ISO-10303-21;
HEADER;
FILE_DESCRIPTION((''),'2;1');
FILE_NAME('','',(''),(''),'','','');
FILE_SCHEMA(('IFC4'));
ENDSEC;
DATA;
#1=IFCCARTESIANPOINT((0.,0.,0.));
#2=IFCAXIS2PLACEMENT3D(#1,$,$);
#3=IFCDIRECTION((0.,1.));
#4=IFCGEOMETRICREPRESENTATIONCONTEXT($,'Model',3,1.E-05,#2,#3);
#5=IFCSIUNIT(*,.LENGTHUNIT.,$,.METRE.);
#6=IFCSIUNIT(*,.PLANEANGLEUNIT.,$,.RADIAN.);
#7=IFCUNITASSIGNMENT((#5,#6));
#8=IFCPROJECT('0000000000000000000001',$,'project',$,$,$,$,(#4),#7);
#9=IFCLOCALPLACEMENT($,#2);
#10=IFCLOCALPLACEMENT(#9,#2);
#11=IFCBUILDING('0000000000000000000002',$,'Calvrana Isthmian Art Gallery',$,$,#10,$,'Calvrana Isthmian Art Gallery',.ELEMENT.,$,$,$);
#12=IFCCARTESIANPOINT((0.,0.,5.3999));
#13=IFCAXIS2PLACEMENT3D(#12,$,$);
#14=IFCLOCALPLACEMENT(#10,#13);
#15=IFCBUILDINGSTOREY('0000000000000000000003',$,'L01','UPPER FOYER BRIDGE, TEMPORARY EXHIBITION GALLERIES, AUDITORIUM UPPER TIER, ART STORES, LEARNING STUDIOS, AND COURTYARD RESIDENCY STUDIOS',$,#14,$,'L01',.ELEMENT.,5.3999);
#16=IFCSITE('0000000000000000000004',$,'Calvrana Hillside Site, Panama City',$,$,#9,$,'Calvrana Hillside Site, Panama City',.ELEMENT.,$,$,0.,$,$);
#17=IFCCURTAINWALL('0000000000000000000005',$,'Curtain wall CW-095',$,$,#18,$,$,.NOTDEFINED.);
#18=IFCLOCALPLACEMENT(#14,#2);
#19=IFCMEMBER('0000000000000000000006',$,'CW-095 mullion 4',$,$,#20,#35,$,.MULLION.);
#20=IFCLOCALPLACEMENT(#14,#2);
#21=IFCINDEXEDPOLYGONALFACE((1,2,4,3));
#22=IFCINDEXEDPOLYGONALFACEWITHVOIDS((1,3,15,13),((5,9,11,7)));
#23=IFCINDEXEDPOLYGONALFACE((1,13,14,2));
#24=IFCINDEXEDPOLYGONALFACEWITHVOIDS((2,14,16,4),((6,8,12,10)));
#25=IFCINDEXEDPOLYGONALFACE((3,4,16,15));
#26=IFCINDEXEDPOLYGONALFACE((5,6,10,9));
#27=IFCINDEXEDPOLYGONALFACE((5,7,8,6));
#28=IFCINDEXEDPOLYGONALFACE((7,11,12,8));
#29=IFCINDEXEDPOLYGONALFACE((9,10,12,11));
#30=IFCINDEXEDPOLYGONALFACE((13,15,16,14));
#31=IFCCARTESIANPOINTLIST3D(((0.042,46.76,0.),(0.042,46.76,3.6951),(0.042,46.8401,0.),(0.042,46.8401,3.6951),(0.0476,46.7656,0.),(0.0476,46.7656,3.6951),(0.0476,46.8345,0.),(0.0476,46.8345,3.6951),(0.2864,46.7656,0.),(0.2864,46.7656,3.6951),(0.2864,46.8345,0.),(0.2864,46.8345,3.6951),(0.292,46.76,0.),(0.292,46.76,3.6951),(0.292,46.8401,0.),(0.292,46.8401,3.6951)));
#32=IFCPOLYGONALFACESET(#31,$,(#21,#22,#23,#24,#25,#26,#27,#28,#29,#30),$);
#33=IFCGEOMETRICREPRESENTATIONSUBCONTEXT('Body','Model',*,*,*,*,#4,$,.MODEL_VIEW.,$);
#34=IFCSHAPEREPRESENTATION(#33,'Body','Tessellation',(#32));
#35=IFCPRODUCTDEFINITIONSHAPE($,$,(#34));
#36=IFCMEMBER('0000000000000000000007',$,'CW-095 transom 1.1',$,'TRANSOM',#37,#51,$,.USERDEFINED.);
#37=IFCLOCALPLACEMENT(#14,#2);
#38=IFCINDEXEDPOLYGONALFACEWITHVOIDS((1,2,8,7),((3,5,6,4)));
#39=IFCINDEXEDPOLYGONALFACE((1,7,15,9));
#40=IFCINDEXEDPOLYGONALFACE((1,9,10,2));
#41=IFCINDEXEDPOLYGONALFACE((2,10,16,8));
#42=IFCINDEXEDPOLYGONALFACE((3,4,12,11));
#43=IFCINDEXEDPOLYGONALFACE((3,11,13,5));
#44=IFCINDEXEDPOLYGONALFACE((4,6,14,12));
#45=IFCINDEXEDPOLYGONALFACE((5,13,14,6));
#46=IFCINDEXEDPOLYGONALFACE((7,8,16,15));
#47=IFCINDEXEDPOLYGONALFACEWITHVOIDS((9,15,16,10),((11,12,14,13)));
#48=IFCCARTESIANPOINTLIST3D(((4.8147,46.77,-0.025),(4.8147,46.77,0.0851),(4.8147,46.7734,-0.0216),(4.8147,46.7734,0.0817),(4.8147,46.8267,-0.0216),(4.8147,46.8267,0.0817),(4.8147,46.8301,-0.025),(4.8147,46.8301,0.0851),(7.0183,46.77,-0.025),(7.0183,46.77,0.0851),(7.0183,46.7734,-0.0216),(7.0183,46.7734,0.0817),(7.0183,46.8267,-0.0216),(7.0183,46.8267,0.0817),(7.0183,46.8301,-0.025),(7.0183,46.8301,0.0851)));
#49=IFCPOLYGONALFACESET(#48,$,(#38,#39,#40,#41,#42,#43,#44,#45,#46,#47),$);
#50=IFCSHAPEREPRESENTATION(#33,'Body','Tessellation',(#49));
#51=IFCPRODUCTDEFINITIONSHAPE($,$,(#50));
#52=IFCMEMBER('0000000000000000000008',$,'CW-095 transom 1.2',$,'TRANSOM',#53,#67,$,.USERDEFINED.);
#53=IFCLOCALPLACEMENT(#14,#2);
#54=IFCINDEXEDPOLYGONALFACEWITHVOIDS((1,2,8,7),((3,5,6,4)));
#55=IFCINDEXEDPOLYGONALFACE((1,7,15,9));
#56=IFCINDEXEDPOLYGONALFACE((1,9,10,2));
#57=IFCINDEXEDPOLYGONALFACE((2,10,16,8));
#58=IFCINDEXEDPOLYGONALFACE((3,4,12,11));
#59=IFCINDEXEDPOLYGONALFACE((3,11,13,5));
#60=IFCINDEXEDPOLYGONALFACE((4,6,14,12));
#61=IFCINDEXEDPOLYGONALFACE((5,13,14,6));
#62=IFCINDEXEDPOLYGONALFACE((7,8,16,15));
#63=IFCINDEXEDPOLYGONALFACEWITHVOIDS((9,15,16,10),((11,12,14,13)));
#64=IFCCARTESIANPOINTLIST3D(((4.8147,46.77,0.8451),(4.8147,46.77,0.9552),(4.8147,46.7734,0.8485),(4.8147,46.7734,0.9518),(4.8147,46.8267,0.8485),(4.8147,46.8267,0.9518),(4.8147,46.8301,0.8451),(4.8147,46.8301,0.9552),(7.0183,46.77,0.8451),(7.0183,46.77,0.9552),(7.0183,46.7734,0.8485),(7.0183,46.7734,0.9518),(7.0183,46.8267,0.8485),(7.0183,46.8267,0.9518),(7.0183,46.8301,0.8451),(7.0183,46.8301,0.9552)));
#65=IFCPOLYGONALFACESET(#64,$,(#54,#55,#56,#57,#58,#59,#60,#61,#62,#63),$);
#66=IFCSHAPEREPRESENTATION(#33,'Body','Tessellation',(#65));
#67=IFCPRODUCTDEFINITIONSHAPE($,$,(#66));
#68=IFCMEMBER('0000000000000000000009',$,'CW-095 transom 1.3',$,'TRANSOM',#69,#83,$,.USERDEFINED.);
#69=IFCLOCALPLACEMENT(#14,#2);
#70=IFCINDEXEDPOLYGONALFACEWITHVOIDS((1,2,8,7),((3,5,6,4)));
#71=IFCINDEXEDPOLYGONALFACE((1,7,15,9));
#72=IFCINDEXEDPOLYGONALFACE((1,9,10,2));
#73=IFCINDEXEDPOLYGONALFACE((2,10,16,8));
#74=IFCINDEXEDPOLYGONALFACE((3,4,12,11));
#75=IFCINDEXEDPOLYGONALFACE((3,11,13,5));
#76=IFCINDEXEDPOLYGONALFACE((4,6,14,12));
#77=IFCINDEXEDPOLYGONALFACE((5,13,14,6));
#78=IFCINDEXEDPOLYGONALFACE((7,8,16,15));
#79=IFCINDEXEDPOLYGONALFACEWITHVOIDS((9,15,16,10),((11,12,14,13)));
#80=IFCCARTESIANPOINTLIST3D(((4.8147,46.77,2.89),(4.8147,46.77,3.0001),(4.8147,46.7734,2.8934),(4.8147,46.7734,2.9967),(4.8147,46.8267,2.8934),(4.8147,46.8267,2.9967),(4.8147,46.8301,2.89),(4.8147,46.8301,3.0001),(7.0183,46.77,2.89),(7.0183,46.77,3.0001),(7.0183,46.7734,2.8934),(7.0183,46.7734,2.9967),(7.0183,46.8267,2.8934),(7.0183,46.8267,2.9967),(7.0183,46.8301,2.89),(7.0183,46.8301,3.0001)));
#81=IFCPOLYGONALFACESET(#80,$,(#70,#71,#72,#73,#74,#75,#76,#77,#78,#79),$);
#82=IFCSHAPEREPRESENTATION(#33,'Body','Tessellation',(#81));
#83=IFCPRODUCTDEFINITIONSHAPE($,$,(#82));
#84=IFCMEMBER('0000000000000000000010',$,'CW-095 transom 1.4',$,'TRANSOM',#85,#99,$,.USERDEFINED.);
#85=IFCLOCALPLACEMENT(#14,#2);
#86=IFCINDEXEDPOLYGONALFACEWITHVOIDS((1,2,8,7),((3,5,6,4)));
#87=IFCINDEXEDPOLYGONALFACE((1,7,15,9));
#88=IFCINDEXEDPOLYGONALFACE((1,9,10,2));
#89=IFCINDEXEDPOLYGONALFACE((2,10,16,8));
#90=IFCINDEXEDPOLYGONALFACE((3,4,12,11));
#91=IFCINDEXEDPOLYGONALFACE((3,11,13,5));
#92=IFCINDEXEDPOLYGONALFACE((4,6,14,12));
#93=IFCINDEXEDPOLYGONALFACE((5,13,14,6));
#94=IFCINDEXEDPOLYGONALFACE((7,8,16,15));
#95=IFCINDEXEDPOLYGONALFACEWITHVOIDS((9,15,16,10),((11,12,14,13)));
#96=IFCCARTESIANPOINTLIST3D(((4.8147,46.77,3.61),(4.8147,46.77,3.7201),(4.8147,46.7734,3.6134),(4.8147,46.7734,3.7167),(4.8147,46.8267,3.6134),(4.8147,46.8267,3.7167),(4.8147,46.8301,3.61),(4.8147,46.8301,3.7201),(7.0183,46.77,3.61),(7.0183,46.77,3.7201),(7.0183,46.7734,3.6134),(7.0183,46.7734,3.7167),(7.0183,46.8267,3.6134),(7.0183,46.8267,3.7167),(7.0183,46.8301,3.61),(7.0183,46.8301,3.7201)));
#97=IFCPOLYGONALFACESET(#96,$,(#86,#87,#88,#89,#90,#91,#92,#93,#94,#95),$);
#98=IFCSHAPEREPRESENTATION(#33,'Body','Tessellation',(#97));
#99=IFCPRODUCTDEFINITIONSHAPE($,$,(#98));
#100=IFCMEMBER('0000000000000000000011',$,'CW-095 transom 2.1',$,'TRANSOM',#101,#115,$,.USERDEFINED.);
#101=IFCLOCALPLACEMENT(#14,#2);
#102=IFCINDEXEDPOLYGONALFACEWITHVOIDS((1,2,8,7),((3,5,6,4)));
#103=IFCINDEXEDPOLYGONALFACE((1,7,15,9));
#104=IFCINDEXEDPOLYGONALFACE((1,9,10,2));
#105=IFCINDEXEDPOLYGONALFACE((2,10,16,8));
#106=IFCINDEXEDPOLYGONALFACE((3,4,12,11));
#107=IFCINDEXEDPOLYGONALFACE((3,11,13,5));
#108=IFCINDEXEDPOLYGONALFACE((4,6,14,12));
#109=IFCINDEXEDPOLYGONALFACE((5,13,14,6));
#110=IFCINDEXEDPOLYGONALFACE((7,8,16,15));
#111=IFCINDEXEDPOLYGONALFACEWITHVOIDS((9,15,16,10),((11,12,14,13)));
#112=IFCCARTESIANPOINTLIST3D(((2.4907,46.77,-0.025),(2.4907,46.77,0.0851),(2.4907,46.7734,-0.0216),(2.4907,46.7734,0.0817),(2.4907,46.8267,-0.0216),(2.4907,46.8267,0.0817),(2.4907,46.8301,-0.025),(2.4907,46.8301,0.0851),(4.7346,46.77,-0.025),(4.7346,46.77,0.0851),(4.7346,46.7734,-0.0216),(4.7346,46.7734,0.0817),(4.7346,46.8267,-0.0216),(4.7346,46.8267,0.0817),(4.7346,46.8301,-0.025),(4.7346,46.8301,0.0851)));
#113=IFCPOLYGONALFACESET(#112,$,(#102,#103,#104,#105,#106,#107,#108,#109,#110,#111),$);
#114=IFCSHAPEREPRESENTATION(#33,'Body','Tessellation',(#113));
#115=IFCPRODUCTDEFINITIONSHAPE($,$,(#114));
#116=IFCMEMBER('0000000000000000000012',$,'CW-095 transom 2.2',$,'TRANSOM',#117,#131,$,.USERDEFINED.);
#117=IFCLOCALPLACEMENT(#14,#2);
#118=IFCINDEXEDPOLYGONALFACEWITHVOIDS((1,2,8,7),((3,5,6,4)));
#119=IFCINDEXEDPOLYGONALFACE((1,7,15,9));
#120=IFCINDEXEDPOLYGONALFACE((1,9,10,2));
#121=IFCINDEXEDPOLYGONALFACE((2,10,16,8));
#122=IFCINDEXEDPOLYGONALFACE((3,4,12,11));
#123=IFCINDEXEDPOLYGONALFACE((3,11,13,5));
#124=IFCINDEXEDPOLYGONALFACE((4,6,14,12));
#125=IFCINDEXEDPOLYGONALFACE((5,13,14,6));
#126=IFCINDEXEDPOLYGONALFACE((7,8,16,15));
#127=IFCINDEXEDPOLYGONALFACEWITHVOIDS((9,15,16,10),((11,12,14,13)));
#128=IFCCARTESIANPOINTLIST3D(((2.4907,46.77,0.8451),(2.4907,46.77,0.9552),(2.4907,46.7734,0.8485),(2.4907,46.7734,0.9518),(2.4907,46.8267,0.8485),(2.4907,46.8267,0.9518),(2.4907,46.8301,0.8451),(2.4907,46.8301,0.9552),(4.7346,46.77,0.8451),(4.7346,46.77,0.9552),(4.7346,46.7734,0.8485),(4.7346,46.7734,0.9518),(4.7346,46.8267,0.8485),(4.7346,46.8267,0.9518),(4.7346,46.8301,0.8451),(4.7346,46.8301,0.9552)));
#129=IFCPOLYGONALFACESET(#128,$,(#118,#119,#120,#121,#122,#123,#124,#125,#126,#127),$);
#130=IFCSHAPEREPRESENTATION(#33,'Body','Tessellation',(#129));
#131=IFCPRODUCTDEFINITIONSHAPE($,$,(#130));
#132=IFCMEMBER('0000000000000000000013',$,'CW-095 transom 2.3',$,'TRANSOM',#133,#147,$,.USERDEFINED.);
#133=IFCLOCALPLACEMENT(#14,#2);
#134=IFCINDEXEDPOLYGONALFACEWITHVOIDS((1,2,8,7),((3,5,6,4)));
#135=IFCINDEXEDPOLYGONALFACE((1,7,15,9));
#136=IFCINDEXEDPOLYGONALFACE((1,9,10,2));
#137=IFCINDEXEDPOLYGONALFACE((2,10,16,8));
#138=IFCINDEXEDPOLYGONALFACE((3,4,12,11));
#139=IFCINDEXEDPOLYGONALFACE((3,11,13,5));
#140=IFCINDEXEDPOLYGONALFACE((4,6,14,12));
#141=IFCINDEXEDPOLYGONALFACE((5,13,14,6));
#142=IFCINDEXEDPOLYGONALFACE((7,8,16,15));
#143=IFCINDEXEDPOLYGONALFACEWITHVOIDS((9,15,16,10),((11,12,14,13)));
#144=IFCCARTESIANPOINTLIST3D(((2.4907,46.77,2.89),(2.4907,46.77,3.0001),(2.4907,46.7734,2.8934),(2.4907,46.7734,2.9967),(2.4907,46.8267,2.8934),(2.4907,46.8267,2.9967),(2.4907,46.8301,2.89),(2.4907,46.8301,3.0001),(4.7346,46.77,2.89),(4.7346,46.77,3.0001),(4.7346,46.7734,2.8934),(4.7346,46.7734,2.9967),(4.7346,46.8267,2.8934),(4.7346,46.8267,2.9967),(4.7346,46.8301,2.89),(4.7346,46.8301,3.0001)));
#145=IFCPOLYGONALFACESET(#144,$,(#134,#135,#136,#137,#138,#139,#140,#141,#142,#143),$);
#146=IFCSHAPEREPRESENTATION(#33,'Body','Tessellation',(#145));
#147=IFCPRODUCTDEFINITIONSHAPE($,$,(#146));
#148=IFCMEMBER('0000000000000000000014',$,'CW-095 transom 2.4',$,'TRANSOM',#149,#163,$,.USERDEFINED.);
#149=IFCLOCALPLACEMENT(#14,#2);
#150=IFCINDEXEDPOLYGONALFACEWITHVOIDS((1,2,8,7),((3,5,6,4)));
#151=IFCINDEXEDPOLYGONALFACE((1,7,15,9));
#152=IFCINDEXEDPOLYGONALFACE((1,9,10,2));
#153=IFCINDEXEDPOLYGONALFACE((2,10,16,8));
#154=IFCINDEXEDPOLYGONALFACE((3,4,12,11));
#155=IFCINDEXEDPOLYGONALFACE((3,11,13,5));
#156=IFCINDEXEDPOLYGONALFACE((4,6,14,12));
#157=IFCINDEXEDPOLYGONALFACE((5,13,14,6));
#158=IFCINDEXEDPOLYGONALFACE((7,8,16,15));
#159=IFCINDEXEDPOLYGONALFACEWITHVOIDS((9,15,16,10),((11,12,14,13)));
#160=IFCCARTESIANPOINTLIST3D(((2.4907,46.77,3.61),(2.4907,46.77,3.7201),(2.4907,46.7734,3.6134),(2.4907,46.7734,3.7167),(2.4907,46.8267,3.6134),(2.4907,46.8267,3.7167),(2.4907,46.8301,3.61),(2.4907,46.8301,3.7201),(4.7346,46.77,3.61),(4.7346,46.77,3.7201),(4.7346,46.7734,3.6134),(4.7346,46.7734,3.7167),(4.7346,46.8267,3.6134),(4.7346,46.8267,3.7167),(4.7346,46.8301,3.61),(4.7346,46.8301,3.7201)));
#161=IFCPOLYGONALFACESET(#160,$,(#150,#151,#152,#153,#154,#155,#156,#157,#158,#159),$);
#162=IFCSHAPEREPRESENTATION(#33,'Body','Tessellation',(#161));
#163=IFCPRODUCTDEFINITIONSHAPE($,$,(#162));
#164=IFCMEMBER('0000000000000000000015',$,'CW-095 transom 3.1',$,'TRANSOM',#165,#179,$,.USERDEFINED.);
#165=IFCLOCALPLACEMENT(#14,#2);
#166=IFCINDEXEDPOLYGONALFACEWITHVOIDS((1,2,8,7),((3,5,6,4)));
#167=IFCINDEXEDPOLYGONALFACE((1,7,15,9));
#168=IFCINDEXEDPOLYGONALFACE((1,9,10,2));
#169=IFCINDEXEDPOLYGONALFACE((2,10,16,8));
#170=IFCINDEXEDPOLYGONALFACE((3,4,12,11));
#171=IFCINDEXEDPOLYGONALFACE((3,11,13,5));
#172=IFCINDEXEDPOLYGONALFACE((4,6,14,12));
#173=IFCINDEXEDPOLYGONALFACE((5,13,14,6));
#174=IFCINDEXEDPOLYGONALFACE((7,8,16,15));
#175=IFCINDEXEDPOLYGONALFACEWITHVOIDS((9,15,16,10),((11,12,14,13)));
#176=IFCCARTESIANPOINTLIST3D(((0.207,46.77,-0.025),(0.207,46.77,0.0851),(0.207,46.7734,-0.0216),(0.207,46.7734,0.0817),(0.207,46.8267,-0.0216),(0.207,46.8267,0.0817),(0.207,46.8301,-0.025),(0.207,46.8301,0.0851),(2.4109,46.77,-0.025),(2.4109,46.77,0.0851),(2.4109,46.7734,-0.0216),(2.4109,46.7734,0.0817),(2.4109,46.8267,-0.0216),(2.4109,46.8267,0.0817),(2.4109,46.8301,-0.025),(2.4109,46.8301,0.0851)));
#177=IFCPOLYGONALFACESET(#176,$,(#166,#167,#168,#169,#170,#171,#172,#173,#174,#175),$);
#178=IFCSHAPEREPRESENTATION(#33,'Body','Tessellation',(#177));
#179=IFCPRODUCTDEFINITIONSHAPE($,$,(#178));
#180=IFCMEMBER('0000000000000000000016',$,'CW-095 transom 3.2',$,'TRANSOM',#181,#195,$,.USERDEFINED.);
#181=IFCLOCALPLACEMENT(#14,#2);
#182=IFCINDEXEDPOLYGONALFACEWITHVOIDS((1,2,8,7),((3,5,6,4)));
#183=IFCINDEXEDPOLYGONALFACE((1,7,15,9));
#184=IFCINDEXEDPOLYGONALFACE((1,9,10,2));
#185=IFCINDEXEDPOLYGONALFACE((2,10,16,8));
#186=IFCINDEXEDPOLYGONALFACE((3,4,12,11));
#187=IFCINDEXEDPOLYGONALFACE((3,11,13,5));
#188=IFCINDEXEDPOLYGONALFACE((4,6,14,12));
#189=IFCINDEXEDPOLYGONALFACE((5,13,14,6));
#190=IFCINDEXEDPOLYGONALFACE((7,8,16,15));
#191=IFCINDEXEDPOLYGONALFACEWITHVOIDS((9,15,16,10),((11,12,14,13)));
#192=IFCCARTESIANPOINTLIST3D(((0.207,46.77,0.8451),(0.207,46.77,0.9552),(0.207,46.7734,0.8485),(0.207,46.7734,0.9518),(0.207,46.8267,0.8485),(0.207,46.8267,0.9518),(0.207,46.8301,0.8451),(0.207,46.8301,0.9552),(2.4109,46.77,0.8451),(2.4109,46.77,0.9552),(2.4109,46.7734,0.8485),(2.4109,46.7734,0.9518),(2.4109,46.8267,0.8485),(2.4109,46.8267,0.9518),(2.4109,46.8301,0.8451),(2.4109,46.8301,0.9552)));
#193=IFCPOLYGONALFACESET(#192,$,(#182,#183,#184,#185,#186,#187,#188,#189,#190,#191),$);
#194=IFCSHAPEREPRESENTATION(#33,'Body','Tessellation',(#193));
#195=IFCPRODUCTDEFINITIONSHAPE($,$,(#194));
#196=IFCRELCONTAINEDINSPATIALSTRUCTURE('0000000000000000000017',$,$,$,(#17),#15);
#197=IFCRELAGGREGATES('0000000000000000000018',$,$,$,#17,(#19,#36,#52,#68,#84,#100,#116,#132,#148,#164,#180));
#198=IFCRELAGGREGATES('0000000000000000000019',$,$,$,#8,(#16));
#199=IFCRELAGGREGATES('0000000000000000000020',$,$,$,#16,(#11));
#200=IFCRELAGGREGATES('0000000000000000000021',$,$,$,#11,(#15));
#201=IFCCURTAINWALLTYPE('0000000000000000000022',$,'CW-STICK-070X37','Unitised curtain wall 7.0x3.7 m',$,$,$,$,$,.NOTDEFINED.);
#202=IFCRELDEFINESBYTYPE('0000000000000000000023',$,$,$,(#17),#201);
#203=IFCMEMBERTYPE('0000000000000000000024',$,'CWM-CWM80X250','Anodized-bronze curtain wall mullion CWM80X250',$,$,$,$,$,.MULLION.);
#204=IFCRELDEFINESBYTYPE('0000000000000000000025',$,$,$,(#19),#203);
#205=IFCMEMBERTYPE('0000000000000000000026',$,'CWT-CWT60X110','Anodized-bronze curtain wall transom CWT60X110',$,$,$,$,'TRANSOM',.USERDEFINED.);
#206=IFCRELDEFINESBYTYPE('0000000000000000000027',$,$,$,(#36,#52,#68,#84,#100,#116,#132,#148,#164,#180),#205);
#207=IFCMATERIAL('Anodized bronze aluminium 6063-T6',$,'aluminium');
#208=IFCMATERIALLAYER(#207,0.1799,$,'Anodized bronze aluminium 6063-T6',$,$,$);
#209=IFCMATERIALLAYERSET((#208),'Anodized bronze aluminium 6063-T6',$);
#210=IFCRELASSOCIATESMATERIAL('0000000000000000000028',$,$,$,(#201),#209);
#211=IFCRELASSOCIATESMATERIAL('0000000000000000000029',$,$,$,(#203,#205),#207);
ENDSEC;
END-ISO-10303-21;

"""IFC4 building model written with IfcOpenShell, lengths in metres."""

from ifc_helpers import new_model, si_unit, direction, frame, origin, origin_2d, place, context, subcontext, project, spatial, hollow_rectangle, extrude, material, layer, layer_set, material_profile, profile_set, type_object, element, aggregate, save


model = new_model("IFC4")

# Units and contexts
model_context = context("Model", 3, precision=1e-05, world=origin(), true_north=direction((0.0, 1.0)))
body_context = subcontext(model_context, "Body", "Model", "MODEL_VIEW")
ifc_project = project(units=[si_unit("LENGTHUNIT", "METRE"), si_unit("PLANEANGLEUNIT", "RADIAN")], contexts=[model_context])

# Site, building, storey
site_placement = place(None, origin())
site = spatial("IfcSite", under=ifc_project, at=site_placement, Name="Calvrana Hillside Site, Panama City", LongName="Calvrana Hillside Site, Panama City", CompositionType="ELEMENT", RefElevation=0.0)
building_placement = place(site_placement, origin())
building = spatial("IfcBuilding", under=site, at=building_placement, Name="Calvrana Isthmian Art Gallery", LongName="Calvrana Isthmian Art Gallery", CompositionType="ELEMENT")
storey_placement = place(building_placement, frame((0.0, 0.0, 5.3999)))
storey = spatial("IfcBuildingStorey", under=building, at=storey_placement, Name="L01", Description="UPPER FOYER BRIDGE, TEMPORARY EXHIBITION GALLERIES, AUDITORIUM UPPER TIER, ART STORES, LEARNING STUDIOS, AND COURTYARD RESIDENCY STUDIOS", LongName="L01", CompositionType="ELEMENT", Elevation=5.3999)

# Curtain wall, members
ifc_material_1 = material(Name="Anodized bronze aluminium 6063-T6", Category="aluminium")
ifc_layer_1 = layer(ifc_material_1, 0.1799, Name="Anodized bronze aluminium 6063-T6")
ifc_layer_set_1 = layer_set([ifc_layer_1], Name="Anodized bronze aluminium 6063-T6")
curtain_wall_type = type_object("IfcCurtainWallType", Name="CW-STICK-070X37", Description="Unitised curtain wall 7.0x3.7 m", PredefinedType="NOTDEFINED", material=ifc_layer_set_1)
curtain_wall_placement = place(storey_placement, origin())
curtain_wall = element("IfcCurtainWall", 1, at=curtain_wall_placement, inside=storey, type_object=curtain_wall_type, Name="Curtain wall CW-095", PredefinedType="NOTDEFINED")
ifc_material_profile_1 = material_profile(ifc_material_1, hollow_rectangle(XDim=0.0801, YDim=0.25, WallThickness=0.0056, at=origin_2d()), Name="CWM80X250")
ifc_profile_set_1 = profile_set([ifc_material_profile_1], Name="Anodized bronze aluminium 6063-T6")
member_type_1 = type_object("IfcMemberType", Name="CWM-CWM80X250", Description="Anodized-bronze curtain wall mullion CWM80X250", PredefinedType="MULLION", material=ifc_profile_set_1)
member_1_placement = place(storey_placement, frame((0.167, 46.8, 0.0), z_axis=(0.0, 0.0, 1.0), x_axis=(0.0, -1.0, 0.0)))
member_1 = element("IfcMember", 2, at=member_1_placement, type_object=member_type_1, Name="CW-095 mullion 4", PredefinedType="MULLION", context=body_context, shape_type="SweptSolid", body=[
    extrude(hollow_rectangle(XDim=0.0801, YDim=0.25, WallThickness=0.0056, at=origin_2d()), origin(), (0.0, 0.0, 1.0), 3.6951),
])
ifc_material_profile_2 = material_profile(ifc_material_1, hollow_rectangle(XDim=0.0601, YDim=0.1101, WallThickness=0.0034, at=origin_2d()), Name="CWT60X110")
ifc_profile_set_2 = profile_set([ifc_material_profile_2], Name="Anodized bronze aluminium 6063-T6")
member_type_2 = type_object("IfcMemberType", Name="CWT-CWT60X110", Description="Anodized-bronze curtain wall transom CWT60X110", ElementType="TRANSOM", PredefinedType="USERDEFINED", material=ifc_profile_set_2)
member_2_placement = place(storey_placement, frame((7.0183, 46.8, 0.03), z_axis=(-1.0, 0.0, 0.0), x_axis=(0.0, -1.0, 0.0)))
member_2 = element("IfcMember", 3, at=member_2_placement, type_object=member_type_2, Name="CW-095 transom 1.1", ObjectType="TRANSOM", PredefinedType="USERDEFINED", context=body_context, shape_type="SweptSolid", body=[
    extrude(hollow_rectangle(XDim=0.0601, YDim=0.1101, WallThickness=0.0034, at=origin_2d()), origin(), (0.0, 0.0, 1.0), 2.2036),
])
member_3_placement = place(storey_placement, frame((7.0183, 46.8, 0.9001), z_axis=(-1.0, 0.0, 0.0), x_axis=(0.0, -1.0, 0.0)))
member_3 = element("IfcMember", 4, at=member_3_placement, type_object=member_type_2, Name="CW-095 transom 1.2", ObjectType="TRANSOM", PredefinedType="USERDEFINED", context=body_context, shape_type="SweptSolid", body=[
    extrude(hollow_rectangle(XDim=0.0601, YDim=0.1101, WallThickness=0.0034, at=origin_2d()), origin(), (0.0, 0.0, 1.0), 2.2036),
])
member_4_placement = place(storey_placement, frame((7.0183, 46.8, 2.9451), z_axis=(-1.0, 0.0, 0.0), x_axis=(0.0, -1.0, 0.0)))
member_4 = element("IfcMember", 5, at=member_4_placement, type_object=member_type_2, Name="CW-095 transom 1.3", ObjectType="TRANSOM", PredefinedType="USERDEFINED", context=body_context, shape_type="SweptSolid", body=[
    extrude(hollow_rectangle(XDim=0.0601, YDim=0.1101, WallThickness=0.0034, at=origin_2d()), origin(), (0.0, 0.0, 1.0), 2.2036),
])
member_5_placement = place(storey_placement, frame((7.0183, 46.8, 3.665), z_axis=(-1.0, 0.0, 0.0), x_axis=(0.0, -1.0, 0.0)))
member_5 = element("IfcMember", 6, at=member_5_placement, type_object=member_type_2, Name="CW-095 transom 1.4", ObjectType="TRANSOM", PredefinedType="USERDEFINED", context=body_context, shape_type="SweptSolid", body=[
    extrude(hollow_rectangle(XDim=0.0601, YDim=0.1101, WallThickness=0.0034, at=origin_2d()), origin(), (0.0, 0.0, 1.0), 2.2036),
])
member_6_placement = place(storey_placement, frame((4.7346, 46.8, 0.03), z_axis=(-1.0, 0.0, 0.0), x_axis=(0.0, -1.0, 0.0)))
member_6 = element("IfcMember", 7, at=member_6_placement, type_object=member_type_2, Name="CW-095 transom 2.1", ObjectType="TRANSOM", PredefinedType="USERDEFINED", context=body_context, shape_type="SweptSolid", body=[
    extrude(hollow_rectangle(XDim=0.0601, YDim=0.1101, WallThickness=0.0034, at=origin_2d()), origin(), (0.0, 0.0, 1.0), 2.2439),
])
member_7_placement = place(storey_placement, frame((4.7346, 46.8, 0.9001), z_axis=(-1.0, 0.0, 0.0), x_axis=(0.0, -1.0, 0.0)))
member_7 = element("IfcMember", 8, at=member_7_placement, type_object=member_type_2, Name="CW-095 transom 2.2", ObjectType="TRANSOM", PredefinedType="USERDEFINED", context=body_context, shape_type="SweptSolid", body=[
    extrude(hollow_rectangle(XDim=0.0601, YDim=0.1101, WallThickness=0.0034, at=origin_2d()), origin(), (0.0, 0.0, 1.0), 2.2439),
])
member_8_placement = place(storey_placement, frame((4.7346, 46.8, 2.9451), z_axis=(-1.0, 0.0, 0.0), x_axis=(0.0, -1.0, 0.0)))
member_8 = element("IfcMember", 9, at=member_8_placement, type_object=member_type_2, Name="CW-095 transom 2.3", ObjectType="TRANSOM", PredefinedType="USERDEFINED", context=body_context, shape_type="SweptSolid", body=[
    extrude(hollow_rectangle(XDim=0.0601, YDim=0.1101, WallThickness=0.0034, at=origin_2d()), origin(), (0.0, 0.0, 1.0), 2.2439),
])
member_9_placement = place(storey_placement, frame((4.7346, 46.8, 3.665), z_axis=(-1.0, 0.0, 0.0), x_axis=(0.0, -1.0, 0.0)))
member_9 = element("IfcMember", 10, at=member_9_placement, type_object=member_type_2, Name="CW-095 transom 2.4", ObjectType="TRANSOM", PredefinedType="USERDEFINED", context=body_context, shape_type="SweptSolid", body=[
    extrude(hollow_rectangle(XDim=0.0601, YDim=0.1101, WallThickness=0.0034, at=origin_2d()), origin(), (0.0, 0.0, 1.0), 2.2439),
])
member_10_placement = place(storey_placement, frame((2.4109, 46.8, 0.03), z_axis=(-1.0, 0.0, 0.0), x_axis=(0.0, -1.0, 0.0)))
member_10 = element("IfcMember", 11, at=member_10_placement, type_object=member_type_2, Name="CW-095 transom 3.1", ObjectType="TRANSOM", PredefinedType="USERDEFINED", context=body_context, shape_type="SweptSolid", body=[
    extrude(hollow_rectangle(XDim=0.0601, YDim=0.1101, WallThickness=0.0034, at=origin_2d()), origin(), (0.0, 0.0, 1.0), 2.2039),
])
member_11_placement = place(storey_placement, frame((2.4109, 46.8, 0.9001), z_axis=(-1.0, 0.0, 0.0), x_axis=(0.0, -1.0, 0.0)))
member_11 = element("IfcMember", 12, at=member_11_placement, type_object=member_type_2, Name="CW-095 transom 3.2", ObjectType="TRANSOM", PredefinedType="USERDEFINED", context=body_context, shape_type="SweptSolid", body=[
    extrude(hollow_rectangle(XDim=0.0601, YDim=0.1101, WallThickness=0.0034, at=origin_2d()), origin(), (0.0, 0.0, 1.0), 2.2039),
])
aggregate(curtain_wall, [member_1, member_2, member_3, member_4, member_5, member_6, member_7, member_8, member_9, member_10, member_11])

save(model, "model.ifc")
